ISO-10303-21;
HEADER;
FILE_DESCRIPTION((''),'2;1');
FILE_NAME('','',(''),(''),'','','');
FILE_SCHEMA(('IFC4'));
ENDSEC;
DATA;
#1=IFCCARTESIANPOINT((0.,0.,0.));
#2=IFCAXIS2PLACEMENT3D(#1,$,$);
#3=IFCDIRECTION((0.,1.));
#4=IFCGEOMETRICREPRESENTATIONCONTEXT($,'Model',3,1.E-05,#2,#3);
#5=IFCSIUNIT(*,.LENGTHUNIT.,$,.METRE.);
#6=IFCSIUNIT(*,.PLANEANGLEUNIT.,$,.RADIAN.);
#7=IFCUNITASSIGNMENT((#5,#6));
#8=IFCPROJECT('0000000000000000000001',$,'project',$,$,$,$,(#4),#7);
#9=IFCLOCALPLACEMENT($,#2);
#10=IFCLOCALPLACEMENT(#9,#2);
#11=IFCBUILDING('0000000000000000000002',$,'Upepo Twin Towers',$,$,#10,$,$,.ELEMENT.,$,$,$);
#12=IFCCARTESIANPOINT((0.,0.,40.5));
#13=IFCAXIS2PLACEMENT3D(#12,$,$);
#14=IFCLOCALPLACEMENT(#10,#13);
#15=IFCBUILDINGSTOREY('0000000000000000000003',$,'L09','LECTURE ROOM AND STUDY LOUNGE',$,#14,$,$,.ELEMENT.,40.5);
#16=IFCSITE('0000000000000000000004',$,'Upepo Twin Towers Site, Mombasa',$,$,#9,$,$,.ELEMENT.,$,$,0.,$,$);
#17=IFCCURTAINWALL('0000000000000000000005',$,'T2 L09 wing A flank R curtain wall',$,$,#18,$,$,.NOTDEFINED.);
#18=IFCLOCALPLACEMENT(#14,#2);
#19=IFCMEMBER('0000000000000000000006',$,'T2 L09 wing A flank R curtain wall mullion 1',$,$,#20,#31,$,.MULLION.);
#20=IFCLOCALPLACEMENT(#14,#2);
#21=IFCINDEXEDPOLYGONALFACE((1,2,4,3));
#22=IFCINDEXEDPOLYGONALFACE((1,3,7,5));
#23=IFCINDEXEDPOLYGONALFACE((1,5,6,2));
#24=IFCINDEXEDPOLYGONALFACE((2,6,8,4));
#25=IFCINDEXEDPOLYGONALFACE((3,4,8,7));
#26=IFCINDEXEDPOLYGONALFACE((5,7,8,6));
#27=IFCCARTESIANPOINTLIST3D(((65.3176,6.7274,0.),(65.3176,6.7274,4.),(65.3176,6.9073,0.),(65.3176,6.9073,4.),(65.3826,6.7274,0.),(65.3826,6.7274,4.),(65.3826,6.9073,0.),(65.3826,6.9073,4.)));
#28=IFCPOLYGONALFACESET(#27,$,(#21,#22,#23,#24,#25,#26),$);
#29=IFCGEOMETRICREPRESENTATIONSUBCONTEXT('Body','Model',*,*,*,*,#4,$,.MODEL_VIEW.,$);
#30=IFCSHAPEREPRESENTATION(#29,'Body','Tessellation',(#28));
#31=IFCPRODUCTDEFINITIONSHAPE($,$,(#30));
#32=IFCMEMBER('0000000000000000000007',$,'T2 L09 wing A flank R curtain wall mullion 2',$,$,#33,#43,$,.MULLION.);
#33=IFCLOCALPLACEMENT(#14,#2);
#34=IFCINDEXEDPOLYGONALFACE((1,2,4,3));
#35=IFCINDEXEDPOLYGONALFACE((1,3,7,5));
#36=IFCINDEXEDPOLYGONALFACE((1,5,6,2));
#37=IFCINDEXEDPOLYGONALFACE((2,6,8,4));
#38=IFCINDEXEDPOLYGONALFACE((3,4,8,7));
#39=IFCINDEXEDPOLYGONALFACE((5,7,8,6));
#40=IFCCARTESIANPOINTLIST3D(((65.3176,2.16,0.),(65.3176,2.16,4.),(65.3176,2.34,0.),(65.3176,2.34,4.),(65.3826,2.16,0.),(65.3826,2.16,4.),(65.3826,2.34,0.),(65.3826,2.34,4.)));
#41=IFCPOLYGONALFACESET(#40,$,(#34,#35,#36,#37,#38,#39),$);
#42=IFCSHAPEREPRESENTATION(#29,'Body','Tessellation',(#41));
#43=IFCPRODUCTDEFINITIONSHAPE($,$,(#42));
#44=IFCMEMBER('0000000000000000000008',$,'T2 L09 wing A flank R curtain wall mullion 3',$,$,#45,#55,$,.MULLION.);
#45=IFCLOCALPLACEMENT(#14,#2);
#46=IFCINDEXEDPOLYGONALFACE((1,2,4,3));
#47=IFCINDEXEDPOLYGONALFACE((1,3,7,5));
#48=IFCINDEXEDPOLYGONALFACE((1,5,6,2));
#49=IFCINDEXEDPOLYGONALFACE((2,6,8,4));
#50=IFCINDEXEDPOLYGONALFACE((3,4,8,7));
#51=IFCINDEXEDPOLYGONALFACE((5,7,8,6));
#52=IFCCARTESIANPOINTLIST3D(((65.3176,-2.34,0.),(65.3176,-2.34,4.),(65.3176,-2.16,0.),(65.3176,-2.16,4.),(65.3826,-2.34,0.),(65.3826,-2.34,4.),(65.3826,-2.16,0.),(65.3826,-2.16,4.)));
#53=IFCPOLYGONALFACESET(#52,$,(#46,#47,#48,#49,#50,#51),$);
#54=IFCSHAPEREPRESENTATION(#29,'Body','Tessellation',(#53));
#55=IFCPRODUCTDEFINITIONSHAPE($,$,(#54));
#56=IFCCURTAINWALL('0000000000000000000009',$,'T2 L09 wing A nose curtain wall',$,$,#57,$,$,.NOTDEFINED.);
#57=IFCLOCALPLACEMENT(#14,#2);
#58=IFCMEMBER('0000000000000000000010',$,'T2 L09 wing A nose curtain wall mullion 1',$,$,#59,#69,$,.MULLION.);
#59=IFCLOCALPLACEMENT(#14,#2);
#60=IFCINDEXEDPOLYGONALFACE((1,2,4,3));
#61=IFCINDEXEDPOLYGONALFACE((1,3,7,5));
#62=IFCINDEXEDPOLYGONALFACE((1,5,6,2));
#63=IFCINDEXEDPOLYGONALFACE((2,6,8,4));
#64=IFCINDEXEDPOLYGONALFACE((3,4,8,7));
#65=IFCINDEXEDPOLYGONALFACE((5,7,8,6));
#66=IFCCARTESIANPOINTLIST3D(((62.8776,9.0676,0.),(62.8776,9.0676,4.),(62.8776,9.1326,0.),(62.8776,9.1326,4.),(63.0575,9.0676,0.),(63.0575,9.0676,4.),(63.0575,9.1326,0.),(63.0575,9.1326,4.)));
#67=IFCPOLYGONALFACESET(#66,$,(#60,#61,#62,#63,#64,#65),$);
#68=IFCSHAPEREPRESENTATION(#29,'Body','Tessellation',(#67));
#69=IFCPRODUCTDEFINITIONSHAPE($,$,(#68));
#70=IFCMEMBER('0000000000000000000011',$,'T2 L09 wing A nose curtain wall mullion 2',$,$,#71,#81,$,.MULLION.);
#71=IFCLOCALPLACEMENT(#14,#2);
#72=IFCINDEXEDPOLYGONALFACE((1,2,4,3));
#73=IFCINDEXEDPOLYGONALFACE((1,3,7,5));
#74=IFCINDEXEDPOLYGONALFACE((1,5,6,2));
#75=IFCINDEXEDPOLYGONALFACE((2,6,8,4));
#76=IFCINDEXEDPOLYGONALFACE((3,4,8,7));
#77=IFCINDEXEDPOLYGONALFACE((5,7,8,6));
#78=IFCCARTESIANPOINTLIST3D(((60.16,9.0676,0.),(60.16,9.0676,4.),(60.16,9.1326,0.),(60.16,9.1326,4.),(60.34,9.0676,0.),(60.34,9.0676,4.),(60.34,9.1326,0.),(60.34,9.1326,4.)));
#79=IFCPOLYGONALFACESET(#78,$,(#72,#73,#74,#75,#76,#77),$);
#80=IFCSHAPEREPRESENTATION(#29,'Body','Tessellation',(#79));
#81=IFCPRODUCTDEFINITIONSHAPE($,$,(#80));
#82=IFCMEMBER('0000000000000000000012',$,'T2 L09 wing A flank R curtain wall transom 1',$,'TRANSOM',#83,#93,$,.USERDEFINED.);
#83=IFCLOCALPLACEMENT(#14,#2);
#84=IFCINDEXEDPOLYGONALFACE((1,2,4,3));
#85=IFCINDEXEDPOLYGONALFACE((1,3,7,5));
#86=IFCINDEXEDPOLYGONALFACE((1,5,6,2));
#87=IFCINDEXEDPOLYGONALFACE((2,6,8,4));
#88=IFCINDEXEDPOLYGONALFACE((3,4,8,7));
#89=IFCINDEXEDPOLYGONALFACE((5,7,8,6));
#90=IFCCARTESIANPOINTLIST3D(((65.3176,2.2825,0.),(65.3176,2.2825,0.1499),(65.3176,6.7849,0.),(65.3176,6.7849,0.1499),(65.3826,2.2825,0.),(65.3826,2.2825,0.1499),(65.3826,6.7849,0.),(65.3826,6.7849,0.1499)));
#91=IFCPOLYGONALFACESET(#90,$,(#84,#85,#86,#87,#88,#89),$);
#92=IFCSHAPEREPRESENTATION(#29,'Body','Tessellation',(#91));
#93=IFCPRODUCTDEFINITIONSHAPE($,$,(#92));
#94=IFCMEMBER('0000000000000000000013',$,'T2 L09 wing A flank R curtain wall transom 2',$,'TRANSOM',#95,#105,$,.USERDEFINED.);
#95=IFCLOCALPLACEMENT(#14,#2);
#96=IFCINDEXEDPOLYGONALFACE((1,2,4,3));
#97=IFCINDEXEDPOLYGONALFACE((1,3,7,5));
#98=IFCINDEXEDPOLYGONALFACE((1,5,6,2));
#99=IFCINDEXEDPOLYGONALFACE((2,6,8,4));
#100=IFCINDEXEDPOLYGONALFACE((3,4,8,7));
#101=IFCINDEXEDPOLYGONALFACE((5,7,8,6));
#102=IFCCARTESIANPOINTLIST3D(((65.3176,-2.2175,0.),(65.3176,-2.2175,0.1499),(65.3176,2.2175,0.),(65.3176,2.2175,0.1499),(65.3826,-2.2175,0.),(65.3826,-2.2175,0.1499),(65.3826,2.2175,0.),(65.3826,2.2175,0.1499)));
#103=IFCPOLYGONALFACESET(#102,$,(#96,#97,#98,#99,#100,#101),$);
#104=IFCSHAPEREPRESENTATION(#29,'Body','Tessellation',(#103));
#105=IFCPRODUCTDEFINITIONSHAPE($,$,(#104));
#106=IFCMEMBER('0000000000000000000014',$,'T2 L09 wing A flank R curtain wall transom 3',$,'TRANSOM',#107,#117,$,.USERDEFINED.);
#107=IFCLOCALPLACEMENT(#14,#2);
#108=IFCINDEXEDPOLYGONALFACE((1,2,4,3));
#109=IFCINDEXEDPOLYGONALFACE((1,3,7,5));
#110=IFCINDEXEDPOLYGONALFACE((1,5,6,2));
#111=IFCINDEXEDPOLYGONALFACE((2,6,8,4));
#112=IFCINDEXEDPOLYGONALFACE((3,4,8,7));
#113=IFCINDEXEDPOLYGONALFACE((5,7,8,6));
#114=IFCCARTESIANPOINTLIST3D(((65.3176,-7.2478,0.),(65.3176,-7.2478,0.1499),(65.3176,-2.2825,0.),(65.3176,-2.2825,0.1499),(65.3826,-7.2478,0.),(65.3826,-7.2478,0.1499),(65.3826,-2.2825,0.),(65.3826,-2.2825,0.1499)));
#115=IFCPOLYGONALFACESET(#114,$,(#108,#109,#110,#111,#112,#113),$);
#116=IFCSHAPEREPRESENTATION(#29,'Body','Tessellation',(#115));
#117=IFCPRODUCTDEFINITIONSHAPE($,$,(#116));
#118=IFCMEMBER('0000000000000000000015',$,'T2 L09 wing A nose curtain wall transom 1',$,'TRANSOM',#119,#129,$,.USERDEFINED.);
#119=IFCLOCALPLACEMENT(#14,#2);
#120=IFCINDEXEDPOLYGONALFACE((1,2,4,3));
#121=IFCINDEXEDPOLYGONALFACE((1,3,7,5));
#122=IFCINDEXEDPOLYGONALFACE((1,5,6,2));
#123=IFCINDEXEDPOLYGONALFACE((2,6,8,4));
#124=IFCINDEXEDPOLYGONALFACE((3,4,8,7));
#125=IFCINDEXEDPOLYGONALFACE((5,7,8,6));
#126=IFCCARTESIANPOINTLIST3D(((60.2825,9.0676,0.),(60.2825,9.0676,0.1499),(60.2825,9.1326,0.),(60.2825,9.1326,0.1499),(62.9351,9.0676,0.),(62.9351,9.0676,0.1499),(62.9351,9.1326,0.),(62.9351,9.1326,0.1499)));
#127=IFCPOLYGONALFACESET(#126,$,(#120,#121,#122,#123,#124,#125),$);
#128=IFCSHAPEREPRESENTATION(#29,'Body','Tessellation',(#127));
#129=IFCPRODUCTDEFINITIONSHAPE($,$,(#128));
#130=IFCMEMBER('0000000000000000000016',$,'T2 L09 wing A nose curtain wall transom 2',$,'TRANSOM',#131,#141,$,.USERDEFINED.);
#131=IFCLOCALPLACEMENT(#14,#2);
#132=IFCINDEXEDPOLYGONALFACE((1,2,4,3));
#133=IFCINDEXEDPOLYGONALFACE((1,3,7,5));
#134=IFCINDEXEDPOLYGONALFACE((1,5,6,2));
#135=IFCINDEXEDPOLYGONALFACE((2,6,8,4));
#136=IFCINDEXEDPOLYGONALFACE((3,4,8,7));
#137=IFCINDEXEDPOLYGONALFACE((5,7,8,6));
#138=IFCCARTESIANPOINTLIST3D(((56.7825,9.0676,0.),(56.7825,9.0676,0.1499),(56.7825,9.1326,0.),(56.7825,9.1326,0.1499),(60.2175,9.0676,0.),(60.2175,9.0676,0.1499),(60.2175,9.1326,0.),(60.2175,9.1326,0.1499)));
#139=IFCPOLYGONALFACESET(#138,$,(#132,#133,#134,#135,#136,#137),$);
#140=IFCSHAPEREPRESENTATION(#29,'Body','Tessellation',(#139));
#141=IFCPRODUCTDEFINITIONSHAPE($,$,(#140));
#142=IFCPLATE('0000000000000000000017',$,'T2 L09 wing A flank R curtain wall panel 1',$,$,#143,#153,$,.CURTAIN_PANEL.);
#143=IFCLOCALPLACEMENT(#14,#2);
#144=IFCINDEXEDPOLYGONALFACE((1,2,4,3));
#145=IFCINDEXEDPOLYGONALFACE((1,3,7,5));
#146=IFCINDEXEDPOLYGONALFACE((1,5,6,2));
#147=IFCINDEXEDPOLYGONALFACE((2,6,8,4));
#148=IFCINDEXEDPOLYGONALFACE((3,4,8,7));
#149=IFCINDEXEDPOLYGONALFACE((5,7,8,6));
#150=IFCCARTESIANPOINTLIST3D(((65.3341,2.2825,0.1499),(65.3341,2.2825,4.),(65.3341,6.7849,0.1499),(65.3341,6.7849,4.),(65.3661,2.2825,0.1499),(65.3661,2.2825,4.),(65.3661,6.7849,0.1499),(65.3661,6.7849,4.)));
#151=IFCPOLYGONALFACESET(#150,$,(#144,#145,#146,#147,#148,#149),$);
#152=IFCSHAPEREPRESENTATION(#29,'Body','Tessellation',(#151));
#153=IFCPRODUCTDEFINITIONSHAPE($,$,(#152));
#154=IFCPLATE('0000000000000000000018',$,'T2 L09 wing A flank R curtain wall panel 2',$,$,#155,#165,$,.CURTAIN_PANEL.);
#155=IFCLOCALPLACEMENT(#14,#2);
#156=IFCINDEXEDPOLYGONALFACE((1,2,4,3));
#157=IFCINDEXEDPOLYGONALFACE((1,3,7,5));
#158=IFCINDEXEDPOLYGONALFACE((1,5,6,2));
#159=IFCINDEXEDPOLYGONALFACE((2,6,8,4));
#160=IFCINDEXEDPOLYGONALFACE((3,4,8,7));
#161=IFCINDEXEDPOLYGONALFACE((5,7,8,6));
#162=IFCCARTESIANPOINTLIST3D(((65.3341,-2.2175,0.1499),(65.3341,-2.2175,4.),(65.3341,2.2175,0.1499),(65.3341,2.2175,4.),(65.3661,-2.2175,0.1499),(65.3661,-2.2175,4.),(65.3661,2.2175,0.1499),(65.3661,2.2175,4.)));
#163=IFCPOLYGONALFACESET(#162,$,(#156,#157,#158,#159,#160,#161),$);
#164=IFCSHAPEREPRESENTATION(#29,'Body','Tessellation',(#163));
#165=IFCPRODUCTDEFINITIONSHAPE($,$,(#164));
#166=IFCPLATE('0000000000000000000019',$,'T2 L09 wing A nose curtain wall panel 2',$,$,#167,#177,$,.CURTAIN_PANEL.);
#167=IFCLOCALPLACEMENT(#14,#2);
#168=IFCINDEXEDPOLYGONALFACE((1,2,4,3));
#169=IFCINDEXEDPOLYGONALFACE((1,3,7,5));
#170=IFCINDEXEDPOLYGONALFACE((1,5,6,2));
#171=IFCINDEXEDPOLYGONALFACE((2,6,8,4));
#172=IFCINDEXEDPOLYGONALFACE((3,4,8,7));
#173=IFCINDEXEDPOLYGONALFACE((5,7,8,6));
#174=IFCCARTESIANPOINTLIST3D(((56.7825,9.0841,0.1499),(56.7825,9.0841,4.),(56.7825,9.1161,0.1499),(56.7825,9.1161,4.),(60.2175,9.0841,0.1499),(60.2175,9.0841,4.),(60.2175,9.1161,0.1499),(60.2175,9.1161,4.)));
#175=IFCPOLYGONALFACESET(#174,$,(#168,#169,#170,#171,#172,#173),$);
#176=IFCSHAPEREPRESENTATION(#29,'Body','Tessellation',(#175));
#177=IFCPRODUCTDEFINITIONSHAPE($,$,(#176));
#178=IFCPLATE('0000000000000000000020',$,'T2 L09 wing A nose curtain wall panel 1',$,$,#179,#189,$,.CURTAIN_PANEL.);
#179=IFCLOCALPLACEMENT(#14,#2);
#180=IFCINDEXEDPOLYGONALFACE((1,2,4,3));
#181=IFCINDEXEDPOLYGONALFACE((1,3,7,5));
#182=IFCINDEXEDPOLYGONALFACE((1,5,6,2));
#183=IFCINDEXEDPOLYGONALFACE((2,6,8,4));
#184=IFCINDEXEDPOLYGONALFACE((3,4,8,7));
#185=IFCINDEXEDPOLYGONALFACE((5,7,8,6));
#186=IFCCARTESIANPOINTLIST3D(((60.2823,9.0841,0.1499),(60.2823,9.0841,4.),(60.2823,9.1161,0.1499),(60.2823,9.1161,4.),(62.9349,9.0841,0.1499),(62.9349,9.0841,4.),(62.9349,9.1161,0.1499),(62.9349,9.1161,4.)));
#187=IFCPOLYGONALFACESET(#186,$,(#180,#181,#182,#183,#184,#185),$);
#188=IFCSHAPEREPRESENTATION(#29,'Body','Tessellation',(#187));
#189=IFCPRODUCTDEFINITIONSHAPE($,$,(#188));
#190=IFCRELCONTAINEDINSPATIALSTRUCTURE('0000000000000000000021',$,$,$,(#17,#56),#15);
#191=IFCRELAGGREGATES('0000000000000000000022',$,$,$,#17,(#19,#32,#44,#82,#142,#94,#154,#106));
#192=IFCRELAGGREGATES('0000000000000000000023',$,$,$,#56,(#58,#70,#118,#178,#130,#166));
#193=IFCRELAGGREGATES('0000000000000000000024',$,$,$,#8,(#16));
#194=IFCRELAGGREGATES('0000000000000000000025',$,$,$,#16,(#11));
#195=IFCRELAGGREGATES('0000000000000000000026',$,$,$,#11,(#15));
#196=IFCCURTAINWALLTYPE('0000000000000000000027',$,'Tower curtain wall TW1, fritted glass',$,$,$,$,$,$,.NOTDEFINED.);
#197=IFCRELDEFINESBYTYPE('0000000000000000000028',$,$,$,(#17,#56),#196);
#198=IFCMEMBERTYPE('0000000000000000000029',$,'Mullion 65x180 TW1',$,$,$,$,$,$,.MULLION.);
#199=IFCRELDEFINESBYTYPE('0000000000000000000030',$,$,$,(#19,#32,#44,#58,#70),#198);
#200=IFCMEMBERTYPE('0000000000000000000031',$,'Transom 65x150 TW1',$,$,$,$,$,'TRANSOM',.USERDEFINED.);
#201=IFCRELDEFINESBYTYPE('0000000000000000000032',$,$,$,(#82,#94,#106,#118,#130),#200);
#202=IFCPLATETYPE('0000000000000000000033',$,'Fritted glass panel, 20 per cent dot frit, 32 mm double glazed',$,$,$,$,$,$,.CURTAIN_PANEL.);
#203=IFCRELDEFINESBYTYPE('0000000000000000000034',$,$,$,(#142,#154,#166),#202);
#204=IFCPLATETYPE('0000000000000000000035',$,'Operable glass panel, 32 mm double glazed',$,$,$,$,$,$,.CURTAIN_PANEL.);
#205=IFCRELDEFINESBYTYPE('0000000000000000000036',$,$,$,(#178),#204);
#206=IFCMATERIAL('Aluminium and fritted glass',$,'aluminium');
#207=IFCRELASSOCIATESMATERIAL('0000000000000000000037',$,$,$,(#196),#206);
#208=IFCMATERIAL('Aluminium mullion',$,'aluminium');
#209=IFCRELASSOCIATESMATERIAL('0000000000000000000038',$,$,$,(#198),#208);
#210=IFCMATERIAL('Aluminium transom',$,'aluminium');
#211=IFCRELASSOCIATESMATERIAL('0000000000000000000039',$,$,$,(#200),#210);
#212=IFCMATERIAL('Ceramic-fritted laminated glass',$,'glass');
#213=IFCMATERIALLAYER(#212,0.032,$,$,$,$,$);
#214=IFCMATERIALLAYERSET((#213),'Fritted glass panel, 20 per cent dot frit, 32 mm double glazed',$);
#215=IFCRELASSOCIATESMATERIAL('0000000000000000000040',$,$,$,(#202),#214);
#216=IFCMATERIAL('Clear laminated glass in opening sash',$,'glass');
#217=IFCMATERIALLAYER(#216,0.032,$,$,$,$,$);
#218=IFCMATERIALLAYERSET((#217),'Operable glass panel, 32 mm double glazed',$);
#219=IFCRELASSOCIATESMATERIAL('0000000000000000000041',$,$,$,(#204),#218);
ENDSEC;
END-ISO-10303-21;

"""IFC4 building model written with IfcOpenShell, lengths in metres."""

from ifc_helpers import new_model, si_unit, direction, frame, origin, origin_2d, place, context, subcontext, project, spatial, rectangle, extrude, material, layer, layer_set, material_profile, profile_set, type_object, element, aggregate, save


model = new_model("IFC4")

# Units and contexts
model_context = context("Model", 3, precision=1e-05, world=origin(), true_north=direction((0.0, 1.0)))
body_context = subcontext(model_context, "Body", "Model", "MODEL_VIEW")
ifc_project = project(units=[si_unit("LENGTHUNIT", "METRE"), si_unit("PLANEANGLEUNIT", "RADIAN")], contexts=[model_context])

# Site, building, storey
site_placement = place(None, origin())
site = spatial("IfcSite", under=ifc_project, at=site_placement, Name="Upepo Twin Towers Site, Mombasa", CompositionType="ELEMENT", RefElevation=0.0)
building_placement = place(site_placement, origin())
building = spatial("IfcBuilding", under=site, at=building_placement, Name="Upepo Twin Towers", CompositionType="ELEMENT")
storey_placement = place(building_placement, frame((0.0, 0.0, 40.5)))
storey = spatial("IfcBuildingStorey", under=building, at=storey_placement, Name="L09", Description="LECTURE ROOM AND STUDY LOUNGE", CompositionType="ELEMENT", Elevation=40.5)

# Curtain walls, members
ifc_material_1 = material(Name="Aluminium and fritted glass", Category="aluminium")
curtain_wall_type = type_object("IfcCurtainWallType", Name="Tower curtain wall TW1, fritted glass", PredefinedType="NOTDEFINED", material=ifc_material_1)
curtain_wall_1_placement = place(storey_placement, origin())
curtain_wall_1 = element("IfcCurtainWall", 1, at=curtain_wall_1_placement, inside=storey, type_object=curtain_wall_type, Name="T2 L09 wing A flank R curtain wall", PredefinedType="NOTDEFINED")
ifc_material_2 = material(Name="Aluminium mullion", Category="aluminium")
ifc_material_profile_1 = material_profile(ifc_material_2, rectangle(XDim=0.0649, YDim=0.1799, at=origin_2d()), Name="MULLION 65x180")
ifc_profile_set_1 = profile_set([ifc_material_profile_1], Name="Aluminium mullion")
member_type_1 = type_object("IfcMemberType", Name="Mullion 65x180 TW1", PredefinedType="MULLION", material=ifc_profile_set_1)
member_1_placement = place(storey_placement, frame((65.3501, 6.8174, 0.0), z_axis=(0.0, 0.0, 1.0), x_axis=(1.0, 0.0, 0.0)))
member_1 = element("IfcMember", 2, at=member_1_placement, type_object=member_type_1, Name="T2 L09 wing A flank R curtain wall mullion 1", PredefinedType="MULLION", context=body_context, shape_type="SweptSolid", body=[
    extrude(rectangle(XDim=0.0649, YDim=0.1799, at=origin_2d()), origin(), (0.0, 0.0, 1.0), 4.0),
])
member_2_placement = place(storey_placement, frame((65.3501, 2.25, 0.0), z_axis=(0.0, 0.0, 1.0), x_axis=(1.0, 0.0, 0.0)))
member_2 = element("IfcMember", 3, at=member_2_placement, type_object=member_type_1, Name="T2 L09 wing A flank R curtain wall mullion 2", PredefinedType="MULLION", context=body_context, shape_type="SweptSolid", body=[
    extrude(rectangle(XDim=0.0649, YDim=0.1799, at=origin_2d()), origin(), (0.0, 0.0, 1.0), 4.0),
])
member_3_placement = place(storey_placement, frame((65.3501, -2.25, 0.0), z_axis=(0.0, 0.0, 1.0), x_axis=(1.0, 0.0, 0.0)))
member_3 = element("IfcMember", 4, at=member_3_placement, type_object=member_type_1, Name="T2 L09 wing A flank R curtain wall mullion 3", PredefinedType="MULLION", context=body_context, shape_type="SweptSolid", body=[
    extrude(rectangle(XDim=0.0649, YDim=0.1799, at=origin_2d()), origin(), (0.0, 0.0, 1.0), 4.0),
])
curtain_wall_2_placement = place(storey_placement, origin())
curtain_wall_2 = element("IfcCurtainWall", 5, at=curtain_wall_2_placement, inside=storey, type_object=curtain_wall_type, Name="T2 L09 wing A nose curtain wall", PredefinedType="NOTDEFINED")
member_4_placement = place(storey_placement, frame((62.9675, 9.1001, 0.0), z_axis=(0.0, 0.0, 1.0), x_axis=(0.0, -1.0, 0.0)))
member_4 = element("IfcMember", 6, at=member_4_placement, type_object=member_type_1, Name="T2 L09 wing A nose curtain wall mullion 1", PredefinedType="MULLION", context=body_context, shape_type="SweptSolid", body=[
    extrude(rectangle(XDim=0.0649, YDim=0.1799, at=origin_2d()), origin(), (0.0, 0.0, 1.0), 4.0),
])
member_5_placement = place(storey_placement, frame((60.25, 9.1001, 0.0), z_axis=(0.0, 0.0, 1.0), x_axis=(0.0, -1.0, 0.0)))
member_5 = element("IfcMember", 7, at=member_5_placement, type_object=member_type_1, Name="T2 L09 wing A nose curtain wall mullion 2", PredefinedType="MULLION", context=body_context, shape_type="SweptSolid", body=[
    extrude(rectangle(XDim=0.0649, YDim=0.1799, at=origin_2d()), origin(), (0.0, 0.0, 1.0), 4.0),
])

# Members
ifc_material_3 = material(Name="Aluminium transom", Category="aluminium")
ifc_material_profile_2 = material_profile(ifc_material_3, rectangle(XDim=0.0649, YDim=0.1499, at=origin_2d()), Name="TRANSOM 65x150")
ifc_profile_set_2 = profile_set([ifc_material_profile_2], Name="Aluminium transom")
member_type_2 = type_object("IfcMemberType", Name="Transom 65x150 TW1", ElementType="TRANSOM", PredefinedType="USERDEFINED", material=ifc_profile_set_2)
member_6_placement = place(storey_placement, frame((65.3501, 6.7849, 0.075), z_axis=(0.0, -1.0, 0.0), x_axis=(1.0, 0.0, 0.0)))
member_6 = element("IfcMember", 8, at=member_6_placement, type_object=member_type_2, Name="T2 L09 wing A flank R curtain wall transom 1", ObjectType="TRANSOM", PredefinedType="USERDEFINED", context=body_context, shape_type="SweptSolid", body=[
    extrude(rectangle(XDim=0.0649, YDim=0.1499, at=origin_2d()), origin(), (0.0, 0.0, 1.0), 4.5024),
])
member_7_placement = place(storey_placement, frame((65.3501, 2.2175, 0.075), z_axis=(0.0, -1.0, 0.0), x_axis=(1.0, 0.0, 0.0)))
member_7 = element("IfcMember", 9, at=member_7_placement, type_object=member_type_2, Name="T2 L09 wing A flank R curtain wall transom 2", ObjectType="TRANSOM", PredefinedType="USERDEFINED", context=body_context, shape_type="SweptSolid", body=[
    extrude(rectangle(XDim=0.0649, YDim=0.1499, at=origin_2d()), origin(), (0.0, 0.0, 1.0), 4.4351),
])
member_8_placement = place(storey_placement, frame((65.3501, -2.2825, 0.075), z_axis=(0.0, -1.0, 0.0), x_axis=(1.0, 0.0, 0.0)))
member_8 = element("IfcMember", 10, at=member_8_placement, type_object=member_type_2, Name="T2 L09 wing A flank R curtain wall transom 3", ObjectType="TRANSOM", PredefinedType="USERDEFINED", context=body_context, shape_type="SweptSolid", body=[
    extrude(rectangle(XDim=0.0649, YDim=0.1499, at=origin_2d()), origin(), (0.0, 0.0, 1.0), 4.9653),
])
member_9_placement = place(storey_placement, frame((62.9351, 9.1001, 0.075), z_axis=(-1.0, 0.0, 0.0), x_axis=(0.0, -1.0, 0.0)))
member_9 = element("IfcMember", 11, at=member_9_placement, type_object=member_type_2, Name="T2 L09 wing A nose curtain wall transom 1", ObjectType="TRANSOM", PredefinedType="USERDEFINED", context=body_context, shape_type="SweptSolid", body=[
    extrude(rectangle(XDim=0.0649, YDim=0.1499, at=origin_2d()), origin(), (0.0, 0.0, 1.0), 2.6526),
])
member_10_placement = place(storey_placement, frame((60.2175, 9.1001, 0.075), z_axis=(-1.0, 0.0, 0.0), x_axis=(0.0, -1.0, 0.0)))
member_10 = element("IfcMember", 12, at=member_10_placement, type_object=member_type_2, Name="T2 L09 wing A nose curtain wall transom 2", ObjectType="TRANSOM", PredefinedType="USERDEFINED", context=body_context, shape_type="SweptSolid", body=[
    extrude(rectangle(XDim=0.0649, YDim=0.1499, at=origin_2d()), origin(), (0.0, 0.0, 1.0), 3.4351),
])

# Plates
ifc_material_4 = material(Name="Ceramic-fritted laminated glass", Category="glass")
ifc_layer_1 = layer(ifc_material_4, 0.032)
ifc_layer_set_1 = layer_set([ifc_layer_1], Name="Fritted glass panel, 20 per cent dot frit, 32 mm double glazed")
plate_type_1 = type_object("IfcPlateType", Name="Fritted glass panel, 20 per cent dot frit, 32 mm double glazed", PredefinedType="CURTAIN_PANEL", material=ifc_layer_set_1)
plate_1_placement = place(storey_placement, frame((65.3501, 4.5337, 0.1499), z_axis=(0.0, 0.0, 1.0), x_axis=(0.0, -1.0, 0.0)))
plate_1 = element("IfcPlate", 13, at=plate_1_placement, type_object=plate_type_1, Name="T2 L09 wing A flank R curtain wall panel 1", PredefinedType="CURTAIN_PANEL", context=body_context, shape_type="SweptSolid", body=[
    extrude(rectangle(XDim=4.5024, YDim=0.032, at=origin_2d()), origin(), (0.0, 0.0, 1.0), 3.8501),
])
plate_2_placement = place(storey_placement, frame((65.3501, 0.0, 0.1499), z_axis=(0.0, 0.0, 1.0), x_axis=(0.0, -1.0, 0.0)))
plate_2 = element("IfcPlate", 14, at=plate_2_placement, type_object=plate_type_1, Name="T2 L09 wing A flank R curtain wall panel 2", PredefinedType="CURTAIN_PANEL", context=body_context, shape_type="SweptSolid", body=[
    extrude(rectangle(XDim=4.4351, YDim=0.032, at=origin_2d()), origin(), (0.0, 0.0, 1.0), 3.8501),
])
aggregate(curtain_wall_1, [member_1, member_2, member_3, member_6, plate_1, member_7, plate_2, member_8])
plate_3_placement = place(storey_placement, frame((58.5, 9.1001, 0.1499), z_axis=(0.0, 0.0, 1.0), x_axis=(-1.0, 0.0, 0.0)))
plate_3 = element("IfcPlate", 15, at=plate_3_placement, type_object=plate_type_1, Name="T2 L09 wing A nose curtain wall panel 2", PredefinedType="CURTAIN_PANEL", context=body_context, shape_type="SweptSolid", body=[
    extrude(rectangle(XDim=3.4351, YDim=0.032, at=origin_2d()), origin(), (0.0, 0.0, 1.0), 3.8501),
])
ifc_material_5 = material(Name="Clear laminated glass in opening sash", Category="glass")
ifc_layer_2 = layer(ifc_material_5, 0.032)
ifc_layer_set_2 = layer_set([ifc_layer_2], Name="Operable glass panel, 32 mm double glazed")
plate_type_2 = type_object("IfcPlateType", Name="Operable glass panel, 32 mm double glazed", PredefinedType="CURTAIN_PANEL", material=ifc_layer_set_2)
plate_4_placement = place(storey_placement, frame((61.6086, 9.1001, 0.1499), z_axis=(0.0, 0.0, 1.0), x_axis=(-1.0, 0.0, 0.0)))
plate_4 = element("IfcPlate", 16, at=plate_4_placement, type_object=plate_type_2, Name="T2 L09 wing A nose curtain wall panel 1", PredefinedType="CURTAIN_PANEL", context=body_context, shape_type="SweptSolid", body=[
    extrude(rectangle(XDim=2.6526, YDim=0.032, at=origin_2d()), origin(), (0.0, 0.0, 1.0), 3.8501),
])
aggregate(curtain_wall_2, [member_4, member_5, member_9, plate_4, member_10, plate_3])

save(model, "model.ifc")
